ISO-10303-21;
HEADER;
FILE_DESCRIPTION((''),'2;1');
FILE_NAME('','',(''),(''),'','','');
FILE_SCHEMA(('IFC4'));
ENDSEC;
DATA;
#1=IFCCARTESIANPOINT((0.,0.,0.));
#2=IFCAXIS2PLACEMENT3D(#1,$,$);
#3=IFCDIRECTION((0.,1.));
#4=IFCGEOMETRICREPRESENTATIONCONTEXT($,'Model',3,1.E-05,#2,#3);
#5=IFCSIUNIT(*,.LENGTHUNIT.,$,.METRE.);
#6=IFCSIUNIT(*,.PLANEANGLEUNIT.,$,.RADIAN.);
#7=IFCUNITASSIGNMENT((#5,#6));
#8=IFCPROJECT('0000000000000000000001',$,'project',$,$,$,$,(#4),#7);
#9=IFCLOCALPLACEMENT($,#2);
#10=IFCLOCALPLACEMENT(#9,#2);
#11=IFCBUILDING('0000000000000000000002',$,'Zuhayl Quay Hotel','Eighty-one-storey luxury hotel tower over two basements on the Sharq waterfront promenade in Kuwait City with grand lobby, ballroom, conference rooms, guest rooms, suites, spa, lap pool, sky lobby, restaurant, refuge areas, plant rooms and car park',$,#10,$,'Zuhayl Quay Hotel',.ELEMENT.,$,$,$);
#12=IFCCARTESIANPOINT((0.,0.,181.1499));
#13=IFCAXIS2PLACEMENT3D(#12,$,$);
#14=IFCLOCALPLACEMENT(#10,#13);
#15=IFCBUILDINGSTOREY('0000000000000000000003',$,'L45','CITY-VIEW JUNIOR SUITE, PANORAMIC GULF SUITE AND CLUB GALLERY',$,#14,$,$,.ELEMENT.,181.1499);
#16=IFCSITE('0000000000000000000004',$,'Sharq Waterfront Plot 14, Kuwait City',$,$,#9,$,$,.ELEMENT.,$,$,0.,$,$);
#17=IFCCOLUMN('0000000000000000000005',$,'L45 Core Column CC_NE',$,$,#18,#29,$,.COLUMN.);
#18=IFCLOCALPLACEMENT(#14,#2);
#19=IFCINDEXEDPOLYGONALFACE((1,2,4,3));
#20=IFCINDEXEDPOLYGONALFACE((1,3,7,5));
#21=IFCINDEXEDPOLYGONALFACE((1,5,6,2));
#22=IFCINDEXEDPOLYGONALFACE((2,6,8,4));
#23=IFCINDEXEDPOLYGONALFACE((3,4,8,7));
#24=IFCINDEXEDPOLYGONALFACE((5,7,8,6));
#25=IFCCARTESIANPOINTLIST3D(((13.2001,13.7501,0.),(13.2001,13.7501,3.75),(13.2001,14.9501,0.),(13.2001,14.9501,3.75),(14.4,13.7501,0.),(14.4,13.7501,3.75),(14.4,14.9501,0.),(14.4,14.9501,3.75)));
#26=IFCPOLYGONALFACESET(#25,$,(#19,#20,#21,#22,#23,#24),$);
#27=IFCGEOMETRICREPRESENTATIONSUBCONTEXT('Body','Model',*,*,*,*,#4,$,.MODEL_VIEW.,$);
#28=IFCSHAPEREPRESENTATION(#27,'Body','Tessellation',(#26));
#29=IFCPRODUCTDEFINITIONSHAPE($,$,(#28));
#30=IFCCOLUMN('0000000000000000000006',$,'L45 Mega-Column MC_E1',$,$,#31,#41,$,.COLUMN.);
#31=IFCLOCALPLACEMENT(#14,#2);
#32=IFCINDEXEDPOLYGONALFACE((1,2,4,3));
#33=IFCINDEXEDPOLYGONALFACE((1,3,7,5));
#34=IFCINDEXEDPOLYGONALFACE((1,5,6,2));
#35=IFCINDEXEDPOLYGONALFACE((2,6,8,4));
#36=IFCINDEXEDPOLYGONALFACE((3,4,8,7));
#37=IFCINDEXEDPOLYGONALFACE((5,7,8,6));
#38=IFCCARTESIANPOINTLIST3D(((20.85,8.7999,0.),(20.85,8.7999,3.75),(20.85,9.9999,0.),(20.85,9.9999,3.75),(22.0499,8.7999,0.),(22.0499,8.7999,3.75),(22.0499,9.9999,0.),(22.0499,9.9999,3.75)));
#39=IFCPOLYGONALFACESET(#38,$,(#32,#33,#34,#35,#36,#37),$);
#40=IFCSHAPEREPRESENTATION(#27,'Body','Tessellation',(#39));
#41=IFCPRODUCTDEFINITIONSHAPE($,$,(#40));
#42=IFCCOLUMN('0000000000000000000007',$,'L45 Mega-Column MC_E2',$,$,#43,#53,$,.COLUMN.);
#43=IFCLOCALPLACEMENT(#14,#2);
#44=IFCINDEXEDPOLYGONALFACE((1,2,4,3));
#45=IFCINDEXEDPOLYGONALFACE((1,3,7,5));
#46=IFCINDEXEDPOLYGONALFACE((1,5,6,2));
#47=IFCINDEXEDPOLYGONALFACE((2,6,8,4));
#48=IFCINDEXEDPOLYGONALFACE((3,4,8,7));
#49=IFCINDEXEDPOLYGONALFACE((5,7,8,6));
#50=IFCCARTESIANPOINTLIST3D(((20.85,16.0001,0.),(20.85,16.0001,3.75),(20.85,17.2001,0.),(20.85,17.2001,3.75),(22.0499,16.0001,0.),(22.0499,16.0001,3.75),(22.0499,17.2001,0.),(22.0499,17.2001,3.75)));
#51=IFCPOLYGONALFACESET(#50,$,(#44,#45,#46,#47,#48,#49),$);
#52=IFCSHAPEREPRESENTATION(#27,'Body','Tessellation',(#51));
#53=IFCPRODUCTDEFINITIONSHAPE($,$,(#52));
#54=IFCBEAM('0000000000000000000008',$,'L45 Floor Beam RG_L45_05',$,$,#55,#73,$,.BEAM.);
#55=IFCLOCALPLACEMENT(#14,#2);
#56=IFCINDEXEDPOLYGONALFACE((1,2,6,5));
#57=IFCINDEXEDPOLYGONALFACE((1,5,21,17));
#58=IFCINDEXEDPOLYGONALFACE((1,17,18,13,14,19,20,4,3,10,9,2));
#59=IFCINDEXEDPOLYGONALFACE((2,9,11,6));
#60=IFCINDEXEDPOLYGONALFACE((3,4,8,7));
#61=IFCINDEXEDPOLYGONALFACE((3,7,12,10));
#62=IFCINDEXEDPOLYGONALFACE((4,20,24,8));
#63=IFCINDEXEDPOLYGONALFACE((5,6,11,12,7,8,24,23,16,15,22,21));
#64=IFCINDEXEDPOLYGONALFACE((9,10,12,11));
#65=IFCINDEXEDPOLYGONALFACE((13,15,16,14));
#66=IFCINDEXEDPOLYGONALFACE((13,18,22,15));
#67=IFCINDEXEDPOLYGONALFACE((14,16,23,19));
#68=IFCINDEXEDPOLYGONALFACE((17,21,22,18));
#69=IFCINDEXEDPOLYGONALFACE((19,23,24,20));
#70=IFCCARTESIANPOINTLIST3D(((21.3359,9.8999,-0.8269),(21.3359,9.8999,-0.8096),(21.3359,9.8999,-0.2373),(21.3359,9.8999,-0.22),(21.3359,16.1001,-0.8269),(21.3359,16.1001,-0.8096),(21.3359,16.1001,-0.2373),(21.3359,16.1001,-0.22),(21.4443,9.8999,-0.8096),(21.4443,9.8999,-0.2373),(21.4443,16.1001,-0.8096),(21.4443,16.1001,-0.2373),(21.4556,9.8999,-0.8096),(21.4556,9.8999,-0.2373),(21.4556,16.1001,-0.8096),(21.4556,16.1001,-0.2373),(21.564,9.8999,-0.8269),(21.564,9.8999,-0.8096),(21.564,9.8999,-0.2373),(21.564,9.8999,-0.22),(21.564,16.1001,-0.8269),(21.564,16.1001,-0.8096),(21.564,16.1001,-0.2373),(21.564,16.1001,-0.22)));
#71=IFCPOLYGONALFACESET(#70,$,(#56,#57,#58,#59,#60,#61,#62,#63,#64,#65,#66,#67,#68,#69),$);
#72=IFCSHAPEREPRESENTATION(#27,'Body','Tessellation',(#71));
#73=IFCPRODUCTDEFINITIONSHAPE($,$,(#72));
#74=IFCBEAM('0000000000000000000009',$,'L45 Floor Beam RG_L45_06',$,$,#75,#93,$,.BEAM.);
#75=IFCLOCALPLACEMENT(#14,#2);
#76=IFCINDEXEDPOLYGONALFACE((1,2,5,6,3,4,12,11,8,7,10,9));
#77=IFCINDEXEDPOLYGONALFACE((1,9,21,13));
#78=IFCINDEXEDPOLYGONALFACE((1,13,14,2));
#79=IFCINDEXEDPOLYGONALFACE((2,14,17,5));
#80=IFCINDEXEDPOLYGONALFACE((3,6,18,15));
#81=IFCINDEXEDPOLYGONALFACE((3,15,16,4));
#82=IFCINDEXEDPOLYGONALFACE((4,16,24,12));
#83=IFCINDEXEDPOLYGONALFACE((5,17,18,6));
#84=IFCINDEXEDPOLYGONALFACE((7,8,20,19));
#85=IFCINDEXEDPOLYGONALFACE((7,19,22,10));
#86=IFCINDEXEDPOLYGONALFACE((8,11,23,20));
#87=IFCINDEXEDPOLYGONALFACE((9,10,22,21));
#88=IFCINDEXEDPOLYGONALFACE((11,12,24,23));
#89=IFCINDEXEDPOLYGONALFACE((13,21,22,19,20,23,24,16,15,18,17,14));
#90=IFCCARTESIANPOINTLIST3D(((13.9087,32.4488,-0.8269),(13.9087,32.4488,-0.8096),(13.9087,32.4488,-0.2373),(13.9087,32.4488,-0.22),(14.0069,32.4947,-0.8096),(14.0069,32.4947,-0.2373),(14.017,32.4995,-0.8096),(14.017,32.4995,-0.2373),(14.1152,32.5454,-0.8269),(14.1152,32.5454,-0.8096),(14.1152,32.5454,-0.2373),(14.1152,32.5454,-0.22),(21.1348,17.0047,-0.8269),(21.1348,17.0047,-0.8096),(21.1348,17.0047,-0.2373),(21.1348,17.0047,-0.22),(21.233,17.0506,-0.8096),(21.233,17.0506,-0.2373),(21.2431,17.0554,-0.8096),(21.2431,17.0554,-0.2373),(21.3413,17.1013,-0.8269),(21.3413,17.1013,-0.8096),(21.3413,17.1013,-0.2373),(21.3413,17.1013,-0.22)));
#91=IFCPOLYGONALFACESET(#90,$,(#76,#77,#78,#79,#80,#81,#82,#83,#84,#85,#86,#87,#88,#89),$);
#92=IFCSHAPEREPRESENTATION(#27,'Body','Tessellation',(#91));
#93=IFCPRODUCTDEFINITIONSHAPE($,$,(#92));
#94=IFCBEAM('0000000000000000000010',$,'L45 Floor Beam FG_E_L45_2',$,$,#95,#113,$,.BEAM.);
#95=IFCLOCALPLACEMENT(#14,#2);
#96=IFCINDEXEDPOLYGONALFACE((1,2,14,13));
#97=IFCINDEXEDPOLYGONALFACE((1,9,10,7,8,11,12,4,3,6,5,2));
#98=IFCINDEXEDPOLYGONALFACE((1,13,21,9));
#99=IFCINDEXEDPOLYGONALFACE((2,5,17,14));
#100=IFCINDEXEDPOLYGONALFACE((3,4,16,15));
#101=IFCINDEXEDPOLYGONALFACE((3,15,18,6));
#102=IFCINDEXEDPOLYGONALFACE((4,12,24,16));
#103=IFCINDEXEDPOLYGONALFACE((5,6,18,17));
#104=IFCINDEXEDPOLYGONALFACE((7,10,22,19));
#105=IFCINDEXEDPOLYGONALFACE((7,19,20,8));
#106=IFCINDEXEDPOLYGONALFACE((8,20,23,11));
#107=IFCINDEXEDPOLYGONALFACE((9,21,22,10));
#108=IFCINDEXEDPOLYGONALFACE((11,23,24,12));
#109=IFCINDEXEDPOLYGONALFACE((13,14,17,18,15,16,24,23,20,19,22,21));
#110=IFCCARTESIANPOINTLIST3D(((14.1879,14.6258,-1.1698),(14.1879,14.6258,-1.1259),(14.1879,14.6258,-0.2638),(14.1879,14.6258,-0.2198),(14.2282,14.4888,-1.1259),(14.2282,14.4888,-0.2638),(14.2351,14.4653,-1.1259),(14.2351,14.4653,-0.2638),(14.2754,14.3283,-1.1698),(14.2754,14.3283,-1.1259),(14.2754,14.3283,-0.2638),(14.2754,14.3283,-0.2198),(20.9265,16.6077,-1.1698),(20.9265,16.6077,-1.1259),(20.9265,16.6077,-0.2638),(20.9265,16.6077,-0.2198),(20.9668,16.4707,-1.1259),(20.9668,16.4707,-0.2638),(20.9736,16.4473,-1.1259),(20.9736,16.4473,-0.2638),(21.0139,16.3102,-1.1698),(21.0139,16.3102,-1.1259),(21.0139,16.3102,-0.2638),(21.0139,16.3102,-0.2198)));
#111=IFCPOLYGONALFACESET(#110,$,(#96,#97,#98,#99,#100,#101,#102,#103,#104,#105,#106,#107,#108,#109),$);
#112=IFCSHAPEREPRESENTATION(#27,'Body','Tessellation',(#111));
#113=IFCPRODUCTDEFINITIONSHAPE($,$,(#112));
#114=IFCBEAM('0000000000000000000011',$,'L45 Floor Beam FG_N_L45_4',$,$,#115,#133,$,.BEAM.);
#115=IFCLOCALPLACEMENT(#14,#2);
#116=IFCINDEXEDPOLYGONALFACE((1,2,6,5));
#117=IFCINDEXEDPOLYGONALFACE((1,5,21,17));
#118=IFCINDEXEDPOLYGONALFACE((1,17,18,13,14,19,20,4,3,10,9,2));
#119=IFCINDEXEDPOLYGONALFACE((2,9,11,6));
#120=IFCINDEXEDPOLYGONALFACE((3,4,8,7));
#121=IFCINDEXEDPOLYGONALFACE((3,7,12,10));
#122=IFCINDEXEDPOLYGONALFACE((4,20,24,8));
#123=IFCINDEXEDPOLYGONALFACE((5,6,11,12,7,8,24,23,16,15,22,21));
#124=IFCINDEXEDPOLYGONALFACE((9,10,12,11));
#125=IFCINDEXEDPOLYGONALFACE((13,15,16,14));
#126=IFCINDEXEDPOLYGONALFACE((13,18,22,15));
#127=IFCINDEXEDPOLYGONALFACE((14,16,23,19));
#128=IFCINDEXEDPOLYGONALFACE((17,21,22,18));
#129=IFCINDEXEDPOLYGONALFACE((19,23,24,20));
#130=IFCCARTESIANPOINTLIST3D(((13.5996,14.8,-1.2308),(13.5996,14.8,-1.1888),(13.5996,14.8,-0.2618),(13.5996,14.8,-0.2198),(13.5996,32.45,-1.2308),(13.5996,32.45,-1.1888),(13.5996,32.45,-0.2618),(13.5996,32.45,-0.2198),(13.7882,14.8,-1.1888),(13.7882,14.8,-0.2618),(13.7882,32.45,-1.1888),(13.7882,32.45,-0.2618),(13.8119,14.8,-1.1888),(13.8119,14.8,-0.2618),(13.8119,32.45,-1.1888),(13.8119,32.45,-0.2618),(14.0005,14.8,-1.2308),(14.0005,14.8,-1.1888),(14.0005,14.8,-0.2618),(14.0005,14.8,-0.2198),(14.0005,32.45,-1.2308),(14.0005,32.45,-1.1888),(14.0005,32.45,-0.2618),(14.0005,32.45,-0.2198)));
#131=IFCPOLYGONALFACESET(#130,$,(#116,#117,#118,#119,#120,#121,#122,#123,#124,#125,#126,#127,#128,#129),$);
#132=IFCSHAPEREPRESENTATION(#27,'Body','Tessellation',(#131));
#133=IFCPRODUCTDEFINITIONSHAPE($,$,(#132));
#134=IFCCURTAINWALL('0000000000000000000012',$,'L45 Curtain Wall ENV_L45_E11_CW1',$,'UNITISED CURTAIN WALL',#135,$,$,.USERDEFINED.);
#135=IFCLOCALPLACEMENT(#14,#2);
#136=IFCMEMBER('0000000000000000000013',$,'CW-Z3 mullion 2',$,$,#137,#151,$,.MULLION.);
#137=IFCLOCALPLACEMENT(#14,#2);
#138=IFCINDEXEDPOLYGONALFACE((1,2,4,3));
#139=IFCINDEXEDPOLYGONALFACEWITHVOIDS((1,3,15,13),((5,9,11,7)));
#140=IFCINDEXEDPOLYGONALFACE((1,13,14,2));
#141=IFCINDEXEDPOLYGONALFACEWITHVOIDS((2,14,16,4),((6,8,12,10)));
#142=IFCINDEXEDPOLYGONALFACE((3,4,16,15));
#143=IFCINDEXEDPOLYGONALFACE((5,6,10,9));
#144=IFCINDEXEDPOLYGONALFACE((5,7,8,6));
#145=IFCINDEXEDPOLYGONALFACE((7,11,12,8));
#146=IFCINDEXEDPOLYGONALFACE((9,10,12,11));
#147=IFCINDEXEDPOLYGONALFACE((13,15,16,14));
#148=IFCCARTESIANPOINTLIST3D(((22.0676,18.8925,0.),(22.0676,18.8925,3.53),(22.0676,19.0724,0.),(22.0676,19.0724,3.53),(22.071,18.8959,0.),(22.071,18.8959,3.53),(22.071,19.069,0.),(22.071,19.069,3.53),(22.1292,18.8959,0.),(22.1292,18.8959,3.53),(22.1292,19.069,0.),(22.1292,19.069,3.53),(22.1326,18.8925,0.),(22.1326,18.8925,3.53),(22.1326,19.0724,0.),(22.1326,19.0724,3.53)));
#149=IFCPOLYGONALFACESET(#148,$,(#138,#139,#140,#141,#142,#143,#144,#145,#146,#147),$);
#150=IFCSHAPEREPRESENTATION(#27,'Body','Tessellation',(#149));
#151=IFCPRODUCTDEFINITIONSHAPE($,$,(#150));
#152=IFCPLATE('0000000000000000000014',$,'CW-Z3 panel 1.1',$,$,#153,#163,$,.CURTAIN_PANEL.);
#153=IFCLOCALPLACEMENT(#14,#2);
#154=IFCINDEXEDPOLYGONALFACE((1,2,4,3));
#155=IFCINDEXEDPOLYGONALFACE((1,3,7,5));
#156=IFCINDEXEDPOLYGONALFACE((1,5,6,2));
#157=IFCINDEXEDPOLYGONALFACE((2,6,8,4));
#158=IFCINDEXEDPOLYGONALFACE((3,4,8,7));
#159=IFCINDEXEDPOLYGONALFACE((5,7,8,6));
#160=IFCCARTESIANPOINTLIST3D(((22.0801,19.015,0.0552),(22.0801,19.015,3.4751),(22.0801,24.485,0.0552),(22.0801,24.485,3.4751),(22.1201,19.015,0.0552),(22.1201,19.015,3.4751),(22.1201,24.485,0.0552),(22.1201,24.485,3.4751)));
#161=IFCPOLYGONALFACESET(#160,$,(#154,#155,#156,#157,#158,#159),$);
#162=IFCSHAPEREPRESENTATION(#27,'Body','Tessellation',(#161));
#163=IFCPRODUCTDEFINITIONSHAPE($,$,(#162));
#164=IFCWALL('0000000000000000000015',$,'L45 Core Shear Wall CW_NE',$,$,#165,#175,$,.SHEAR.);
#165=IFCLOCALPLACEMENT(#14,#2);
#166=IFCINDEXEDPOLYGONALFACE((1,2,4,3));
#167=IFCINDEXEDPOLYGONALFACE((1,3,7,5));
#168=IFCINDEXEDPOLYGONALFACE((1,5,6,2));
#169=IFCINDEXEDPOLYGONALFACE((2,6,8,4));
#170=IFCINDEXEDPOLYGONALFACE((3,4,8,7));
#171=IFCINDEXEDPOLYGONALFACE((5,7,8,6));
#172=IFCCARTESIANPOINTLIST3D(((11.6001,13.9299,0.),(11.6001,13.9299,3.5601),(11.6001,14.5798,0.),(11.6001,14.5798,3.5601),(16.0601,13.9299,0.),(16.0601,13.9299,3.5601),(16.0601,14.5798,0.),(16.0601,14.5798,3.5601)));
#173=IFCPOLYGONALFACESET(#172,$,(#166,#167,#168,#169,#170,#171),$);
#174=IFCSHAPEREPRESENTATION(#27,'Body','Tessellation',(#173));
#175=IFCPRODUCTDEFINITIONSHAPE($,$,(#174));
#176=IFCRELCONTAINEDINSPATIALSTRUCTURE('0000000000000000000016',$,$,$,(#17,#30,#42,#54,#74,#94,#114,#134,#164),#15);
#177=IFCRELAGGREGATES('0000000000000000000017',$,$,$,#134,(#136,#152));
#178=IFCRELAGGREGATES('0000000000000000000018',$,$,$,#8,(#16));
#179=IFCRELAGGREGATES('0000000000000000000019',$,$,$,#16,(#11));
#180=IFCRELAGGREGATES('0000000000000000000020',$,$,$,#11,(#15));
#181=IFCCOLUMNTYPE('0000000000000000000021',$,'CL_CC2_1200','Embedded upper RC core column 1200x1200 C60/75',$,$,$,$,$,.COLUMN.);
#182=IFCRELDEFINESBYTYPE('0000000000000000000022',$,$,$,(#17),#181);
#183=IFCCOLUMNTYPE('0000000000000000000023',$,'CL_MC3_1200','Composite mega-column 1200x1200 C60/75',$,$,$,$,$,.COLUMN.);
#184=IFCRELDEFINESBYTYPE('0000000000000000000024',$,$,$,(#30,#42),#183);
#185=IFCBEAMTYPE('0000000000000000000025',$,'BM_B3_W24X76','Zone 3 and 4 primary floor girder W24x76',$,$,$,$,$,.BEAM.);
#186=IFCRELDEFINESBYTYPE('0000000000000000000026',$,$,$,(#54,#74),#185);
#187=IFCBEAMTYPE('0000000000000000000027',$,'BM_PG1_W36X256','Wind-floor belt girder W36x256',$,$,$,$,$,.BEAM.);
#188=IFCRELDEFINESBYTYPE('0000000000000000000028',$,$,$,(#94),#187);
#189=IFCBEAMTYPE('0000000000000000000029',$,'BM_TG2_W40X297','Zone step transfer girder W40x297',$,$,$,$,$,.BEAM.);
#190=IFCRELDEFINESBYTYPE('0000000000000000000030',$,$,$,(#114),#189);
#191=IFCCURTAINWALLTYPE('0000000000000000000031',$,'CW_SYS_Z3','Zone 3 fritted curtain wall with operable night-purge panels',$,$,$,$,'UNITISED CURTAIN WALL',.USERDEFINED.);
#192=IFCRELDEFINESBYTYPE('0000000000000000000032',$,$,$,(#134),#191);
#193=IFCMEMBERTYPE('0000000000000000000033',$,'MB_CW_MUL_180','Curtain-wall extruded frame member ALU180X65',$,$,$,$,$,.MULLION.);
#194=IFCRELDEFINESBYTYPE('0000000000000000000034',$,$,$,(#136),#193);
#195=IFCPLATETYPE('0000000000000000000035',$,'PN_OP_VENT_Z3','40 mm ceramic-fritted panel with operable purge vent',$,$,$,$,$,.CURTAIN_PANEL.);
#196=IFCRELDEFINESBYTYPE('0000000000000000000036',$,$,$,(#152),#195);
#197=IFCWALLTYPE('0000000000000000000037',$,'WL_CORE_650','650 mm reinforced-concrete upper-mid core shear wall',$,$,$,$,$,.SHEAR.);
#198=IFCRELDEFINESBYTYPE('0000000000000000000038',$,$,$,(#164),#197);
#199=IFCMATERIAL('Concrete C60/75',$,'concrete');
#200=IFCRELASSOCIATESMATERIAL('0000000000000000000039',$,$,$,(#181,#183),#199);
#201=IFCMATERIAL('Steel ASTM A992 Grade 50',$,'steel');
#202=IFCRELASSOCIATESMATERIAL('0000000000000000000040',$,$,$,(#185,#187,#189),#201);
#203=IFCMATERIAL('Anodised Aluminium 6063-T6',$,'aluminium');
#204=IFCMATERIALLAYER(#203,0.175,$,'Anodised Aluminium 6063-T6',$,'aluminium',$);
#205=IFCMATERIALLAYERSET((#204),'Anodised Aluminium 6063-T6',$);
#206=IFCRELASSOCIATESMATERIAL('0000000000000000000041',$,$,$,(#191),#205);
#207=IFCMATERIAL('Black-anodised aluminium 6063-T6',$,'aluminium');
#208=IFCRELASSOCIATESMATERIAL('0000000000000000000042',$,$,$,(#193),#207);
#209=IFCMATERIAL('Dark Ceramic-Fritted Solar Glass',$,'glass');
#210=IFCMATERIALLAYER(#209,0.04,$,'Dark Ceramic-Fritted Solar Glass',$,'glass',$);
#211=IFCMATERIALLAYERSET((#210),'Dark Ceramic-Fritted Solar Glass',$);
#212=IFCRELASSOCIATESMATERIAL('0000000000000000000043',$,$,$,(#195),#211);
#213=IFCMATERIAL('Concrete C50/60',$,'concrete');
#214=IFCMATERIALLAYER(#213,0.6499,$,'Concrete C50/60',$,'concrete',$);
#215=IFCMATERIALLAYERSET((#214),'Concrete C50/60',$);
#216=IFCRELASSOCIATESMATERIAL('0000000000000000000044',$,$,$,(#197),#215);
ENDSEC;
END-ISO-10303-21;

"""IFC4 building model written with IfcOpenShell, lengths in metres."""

from ifc_helpers import new_model, si_unit, direction, frame, frame_2d, origin, origin_2d, place, context, subcontext, project, spatial, rectangle, hollow_rectangle, i_section, extrude, material, layer, layer_set, material_profile, profile_set, type_object, element, aggregate, save


model = new_model("IFC4")

# Units and contexts
model_context = context("Model", 3, precision=1e-05, world=origin(), true_north=direction((0.0, 1.0)))
body_context = subcontext(model_context, "Body", "Model", "MODEL_VIEW")
ifc_project = project(units=[si_unit("LENGTHUNIT", "METRE"), si_unit("PLANEANGLEUNIT", "RADIAN")], contexts=[model_context])

# Site, building, storey
site_placement = place(None, origin())
site = spatial("IfcSite", under=ifc_project, at=site_placement, Name="Sharq Waterfront Plot 14, Kuwait City", CompositionType="ELEMENT", RefElevation=0.0)
building_placement = place(site_placement, origin())
building = spatial("IfcBuilding", under=site, at=building_placement, Name="Zuhayl Quay Hotel", Description="Eighty-one-storey luxury hotel tower over two basements on the Sharq waterfront promenade in Kuwait City with grand lobby, ballroom, conference rooms, guest rooms, suites, spa, lap pool, sky lobby, restaurant, refuge areas, plant rooms and car park", LongName="Zuhayl Quay Hotel", CompositionType="ELEMENT")
storey_placement = place(building_placement, frame((0.0, 0.0, 181.1499)))
storey = spatial("IfcBuildingStorey", under=building, at=storey_placement, Name="L45", Description="CITY-VIEW JUNIOR SUITE, PANORAMIC GULF SUITE AND CLUB GALLERY", CompositionType="ELEMENT", Elevation=181.1499)

# Columns
ifc_material_1 = material(Name="Concrete C60/75", Category="concrete")
ifc_material_profile_1 = material_profile(ifc_material_1, rectangle(XDim=1.2, YDim=1.2, at=origin_2d()), Name="RC1200X1200")
ifc_profile_set_1 = profile_set([ifc_material_profile_1], Name="Concrete C60/75")
column_type_1 = type_object("IfcColumnType", Name="CL_CC2_1200", Description="Embedded upper RC core column 1200x1200 C60/75", PredefinedType="COLUMN", material=ifc_profile_set_1)
column_placement = place(storey_placement, frame((13.8, 14.3501, 0.0), z_axis=(0.0, 0.0, 1.0), x_axis=(1.0, 0.0, 0.0)))
element("IfcColumn", 1, at=column_placement, inside=storey, type_object=column_type_1, Name="L45 Core Column CC_NE", PredefinedType="COLUMN", context=body_context, shape_type="SweptSolid", body=[
    extrude(rectangle(XDim=1.2, YDim=1.2, at=origin_2d()), origin(), (0.0, 0.0, 1.0), 3.75),
])
ifc_material_profile_2 = material_profile(ifc_material_1, rectangle(XDim=1.2, YDim=1.2, at=origin_2d()), Name="RC1200X1200")
ifc_profile_set_2 = profile_set([ifc_material_profile_2], Name="Concrete C60/75")
column_type_2 = type_object("IfcColumnType", Name="CL_MC3_1200", Description="Composite mega-column 1200x1200 C60/75", PredefinedType="COLUMN", material=ifc_profile_set_2)
for number, where, z_axis, x_axis, name in (
    (2, (21.45, 9.3999, 0.0), (0.0, 0.0, 1.0), (1.0, 0.0, 0.0), "L45 Mega-Column MC_E1"),
    (3, (21.45, 16.6001, 0.0), (0.0, 0.0, 1.0), (1.0, 0.0, 0.0), "L45 Mega-Column MC_E2"),
):
    element("IfcColumn", number, at=place(storey_placement, frame(where, z_axis=z_axis, x_axis=x_axis)), inside=storey, type_object=column_type_2, Name=name, PredefinedType="COLUMN", context=body_context, shape_type="SweptSolid", body=[
        extrude(rectangle(XDim=1.2, YDim=1.2, at=origin_2d()), origin(), (0.0, 0.0, 1.0), 3.75),
    ])

# Beams
ifc_material_2 = material(Name="Steel ASTM A992 Grade 50", Category="steel")
ifc_material_profile_3 = material_profile(ifc_material_2, i_section(OverallWidth=0.228, OverallDepth=0.6069, WebThickness=0.0112, FlangeThickness=0.0173, at=origin_2d()), Name="W24X76")
ifc_profile_set_3 = profile_set([ifc_material_profile_3], Name="Steel ASTM A992 Grade 50")
beam_type_1 = type_object("IfcBeamType", Name="BM_B3_W24X76", Description="Zone 3 and 4 primary floor girder W24x76", PredefinedType="BEAM", material=ifc_profile_set_3)
beam_1_placement = place(storey_placement, frame((21.45, 9.8999, -0.5234), z_axis=(0.0, 1.0, 0.0), x_axis=(-1.0, 0.0, 0.0)))
element("IfcBeam", 4, at=beam_1_placement, inside=storey, type_object=beam_type_1, Name="L45 Floor Beam RG_L45_05", PredefinedType="BEAM", context=body_context, shape_type="SweptSolid", body=[
    extrude(i_section(OverallWidth=0.228, OverallDepth=0.6069, WebThickness=0.0112, FlangeThickness=0.0173, at=origin_2d()), origin(), (0.0, 0.0, 1.0), 6.2002),
])
beam_2_placement = place(storey_placement, frame((21.238, 17.053, -0.5234), z_axis=(-0.423792, 0.905759, 0.0), x_axis=(-0.905759, -0.423792, 0.0)))
element("IfcBeam", 5, at=beam_2_placement, inside=storey, type_object=beam_type_1, Name="L45 Floor Beam RG_L45_06", PredefinedType="BEAM", context=body_context, shape_type="SweptSolid", body=[
    extrude(i_section(OverallWidth=0.228, OverallDepth=0.6069, WebThickness=0.0112, FlangeThickness=0.0173, at=origin_2d()), origin(), (0.0, 0.0, 1.0), 17.051),
])
ifc_material_profile_4 = material_profile(ifc_material_2, i_section(OverallWidth=0.3101, OverallDepth=0.95, WebThickness=0.0244, FlangeThickness=0.0439, at=origin_2d()), Name="W36X256")
ifc_profile_set_4 = profile_set([ifc_material_profile_4], Name="Steel ASTM A992 Grade 50")
beam_type_2 = type_object("IfcBeamType", Name="BM_PG1_W36X256", Description="Wind-floor belt girder W36x256", PredefinedType="BEAM", material=ifc_profile_set_4)
beam_3_placement = place(storey_placement, frame((14.2317, 14.4771, -0.6948), z_axis=(0.959365, 0.282168, 0.0), x_axis=(-0.282168, 0.959365, 0.0)))
element("IfcBeam", 6, at=beam_3_placement, inside=storey, type_object=beam_type_2, Name="L45 Floor Beam FG_E_L45_2", PredefinedType="BEAM", context=body_context, shape_type="SweptSolid", body=[
    extrude(i_section(OverallWidth=0.3101, OverallDepth=0.95, WebThickness=0.0244, FlangeThickness=0.0439, at=origin_2d()), origin(), (0.0, 0.0, 1.0), 7.0239),
])
ifc_material_profile_5 = material_profile(ifc_material_2, i_section(OverallWidth=0.4009, OverallDepth=1.011, WebThickness=0.0237, FlangeThickness=0.042, at=origin_2d()), Name="W40X297")
ifc_profile_set_5 = profile_set([ifc_material_profile_5], Name="Steel ASTM A992 Grade 50")
beam_type_3 = type_object("IfcBeamType", Name="BM_TG2_W40X297", Description="Zone step transfer girder W40x297", PredefinedType="BEAM", material=ifc_profile_set_5)
beam_4_placement = place(storey_placement, frame((13.8, 14.8, -0.7253), z_axis=(0.0, 1.0, 0.0), x_axis=(-1.0, 0.0, 0.0)))
element("IfcBeam", 7, at=beam_4_placement, inside=storey, type_object=beam_type_3, Name="L45 Floor Beam FG_N_L45_4", PredefinedType="BEAM", context=body_context, shape_type="SweptSolid", body=[
    extrude(i_section(OverallWidth=0.4009, OverallDepth=1.011, WebThickness=0.0237, FlangeThickness=0.042, at=origin_2d()), origin(), (0.0, 0.0, 1.0), 17.6499),
])

# Curtain wall, member, plate
ifc_material_3 = material(Name="Anodised Aluminium 6063-T6", Category="aluminium")
ifc_layer_1 = layer(ifc_material_3, 0.175, Name="Anodised Aluminium 6063-T6", Category="aluminium")
ifc_layer_set_1 = layer_set([ifc_layer_1], Name="Anodised Aluminium 6063-T6")
curtain_wall_type = type_object("IfcCurtainWallType", Name="CW_SYS_Z3", Description="Zone 3 fritted curtain wall with operable night-purge panels", ElementType="UNITISED CURTAIN WALL", PredefinedType="USERDEFINED", material=ifc_layer_set_1)
curtain_wall_placement = place(storey_placement, origin())
curtain_wall = element("IfcCurtainWall", 8, at=curtain_wall_placement, inside=storey, type_object=curtain_wall_type, Name="L45 Curtain Wall ENV_L45_E11_CW1", ObjectType="UNITISED CURTAIN WALL", PredefinedType="USERDEFINED")
ifc_material_4 = material(Name="Black-anodised aluminium 6063-T6", Category="aluminium")
ifc_material_profile_6 = material_profile(ifc_material_4, hollow_rectangle(XDim=0.0649, YDim=0.1799, WallThickness=0.0034, at=origin_2d()), Name="ALU180X65")
ifc_profile_set_6 = profile_set([ifc_material_profile_6], Name="Black-anodised aluminium 6063-T6")
member_type = type_object("IfcMemberType", Name="MB_CW_MUL_180", Description="Curtain-wall extruded frame member ALU180X65", PredefinedType="MULLION", material=ifc_profile_set_6)
member_placement = place(storey_placement, frame((22.1001, 18.9824, 0.0), z_axis=(0.0, 0.0, 1.0), x_axis=(1.0, 0.0, 0.0)))
member = element("IfcMember", 9, at=member_placement, type_object=member_type, Name="CW-Z3 mullion 2", PredefinedType="MULLION", context=body_context, shape_type="SweptSolid", body=[
    extrude(hollow_rectangle(XDim=0.0649, YDim=0.1799, WallThickness=0.0034, at=origin_2d()), origin(), (0.0, 0.0, 1.0), 3.53),
])
ifc_material_5 = material(Name="Dark Ceramic-Fritted Solar Glass", Category="glass")
ifc_layer_2 = layer(ifc_material_5, 0.04, Name="Dark Ceramic-Fritted Solar Glass", Category="glass")
ifc_layer_set_2 = layer_set([ifc_layer_2], Name="Dark Ceramic-Fritted Solar Glass")
plate_type = type_object("IfcPlateType", Name="PN_OP_VENT_Z3", Description="40 mm ceramic-fritted panel with operable purge vent", PredefinedType="CURTAIN_PANEL", material=ifc_layer_set_2)
plate_placement = place(storey_placement, frame((22.1001, 21.75, 0.0552), z_axis=(0.0, 0.0, 1.0), x_axis=(0.0, -1.0, 0.0)))
plate = element("IfcPlate", 10, at=plate_placement, type_object=plate_type, Name="CW-Z3 panel 1.1", PredefinedType="CURTAIN_PANEL", context=body_context, shape_type="SweptSolid", body=[
    extrude(rectangle(XDim=5.47, YDim=0.04, at=origin_2d()), origin(), (0.0, 0.0, 1.0), 3.4199),
])
aggregate(curtain_wall, [member, plate])

# Wall
ifc_material_6 = material(Name="Concrete C50/60", Category="concrete")
ifc_layer_3 = layer(ifc_material_6, 0.6499, Name="Concrete C50/60", Category="concrete")
ifc_layer_set_3 = layer_set([ifc_layer_3], Name="Concrete C50/60")
wall_type_1 = type_object("IfcWallType", Name="WL_CORE_650", Description="650 mm reinforced-concrete upper-mid core shear wall", PredefinedType="SHEAR", material=ifc_layer_set_3)
wall_1_placement = place(storey_placement, frame((11.6001, 14.2549, 0.0), z_axis=(0.0, 0.0, 1.0), x_axis=(1.0, 0.0, 0.0)))
element("IfcWall", 11, at=wall_1_placement, inside=storey, type_object=wall_type_1, Name="L45 Core Shear Wall CW_NE", PredefinedType="SHEAR", context=body_context, shape_type="SweptSolid", body=[
    extrude(rectangle(XDim=4.46, YDim=0.6499, at=frame_2d((2.23, 0.0))), origin(), (0.0, 0.0, 1.0), 3.5601),
])

save(model, "model.ifc")
